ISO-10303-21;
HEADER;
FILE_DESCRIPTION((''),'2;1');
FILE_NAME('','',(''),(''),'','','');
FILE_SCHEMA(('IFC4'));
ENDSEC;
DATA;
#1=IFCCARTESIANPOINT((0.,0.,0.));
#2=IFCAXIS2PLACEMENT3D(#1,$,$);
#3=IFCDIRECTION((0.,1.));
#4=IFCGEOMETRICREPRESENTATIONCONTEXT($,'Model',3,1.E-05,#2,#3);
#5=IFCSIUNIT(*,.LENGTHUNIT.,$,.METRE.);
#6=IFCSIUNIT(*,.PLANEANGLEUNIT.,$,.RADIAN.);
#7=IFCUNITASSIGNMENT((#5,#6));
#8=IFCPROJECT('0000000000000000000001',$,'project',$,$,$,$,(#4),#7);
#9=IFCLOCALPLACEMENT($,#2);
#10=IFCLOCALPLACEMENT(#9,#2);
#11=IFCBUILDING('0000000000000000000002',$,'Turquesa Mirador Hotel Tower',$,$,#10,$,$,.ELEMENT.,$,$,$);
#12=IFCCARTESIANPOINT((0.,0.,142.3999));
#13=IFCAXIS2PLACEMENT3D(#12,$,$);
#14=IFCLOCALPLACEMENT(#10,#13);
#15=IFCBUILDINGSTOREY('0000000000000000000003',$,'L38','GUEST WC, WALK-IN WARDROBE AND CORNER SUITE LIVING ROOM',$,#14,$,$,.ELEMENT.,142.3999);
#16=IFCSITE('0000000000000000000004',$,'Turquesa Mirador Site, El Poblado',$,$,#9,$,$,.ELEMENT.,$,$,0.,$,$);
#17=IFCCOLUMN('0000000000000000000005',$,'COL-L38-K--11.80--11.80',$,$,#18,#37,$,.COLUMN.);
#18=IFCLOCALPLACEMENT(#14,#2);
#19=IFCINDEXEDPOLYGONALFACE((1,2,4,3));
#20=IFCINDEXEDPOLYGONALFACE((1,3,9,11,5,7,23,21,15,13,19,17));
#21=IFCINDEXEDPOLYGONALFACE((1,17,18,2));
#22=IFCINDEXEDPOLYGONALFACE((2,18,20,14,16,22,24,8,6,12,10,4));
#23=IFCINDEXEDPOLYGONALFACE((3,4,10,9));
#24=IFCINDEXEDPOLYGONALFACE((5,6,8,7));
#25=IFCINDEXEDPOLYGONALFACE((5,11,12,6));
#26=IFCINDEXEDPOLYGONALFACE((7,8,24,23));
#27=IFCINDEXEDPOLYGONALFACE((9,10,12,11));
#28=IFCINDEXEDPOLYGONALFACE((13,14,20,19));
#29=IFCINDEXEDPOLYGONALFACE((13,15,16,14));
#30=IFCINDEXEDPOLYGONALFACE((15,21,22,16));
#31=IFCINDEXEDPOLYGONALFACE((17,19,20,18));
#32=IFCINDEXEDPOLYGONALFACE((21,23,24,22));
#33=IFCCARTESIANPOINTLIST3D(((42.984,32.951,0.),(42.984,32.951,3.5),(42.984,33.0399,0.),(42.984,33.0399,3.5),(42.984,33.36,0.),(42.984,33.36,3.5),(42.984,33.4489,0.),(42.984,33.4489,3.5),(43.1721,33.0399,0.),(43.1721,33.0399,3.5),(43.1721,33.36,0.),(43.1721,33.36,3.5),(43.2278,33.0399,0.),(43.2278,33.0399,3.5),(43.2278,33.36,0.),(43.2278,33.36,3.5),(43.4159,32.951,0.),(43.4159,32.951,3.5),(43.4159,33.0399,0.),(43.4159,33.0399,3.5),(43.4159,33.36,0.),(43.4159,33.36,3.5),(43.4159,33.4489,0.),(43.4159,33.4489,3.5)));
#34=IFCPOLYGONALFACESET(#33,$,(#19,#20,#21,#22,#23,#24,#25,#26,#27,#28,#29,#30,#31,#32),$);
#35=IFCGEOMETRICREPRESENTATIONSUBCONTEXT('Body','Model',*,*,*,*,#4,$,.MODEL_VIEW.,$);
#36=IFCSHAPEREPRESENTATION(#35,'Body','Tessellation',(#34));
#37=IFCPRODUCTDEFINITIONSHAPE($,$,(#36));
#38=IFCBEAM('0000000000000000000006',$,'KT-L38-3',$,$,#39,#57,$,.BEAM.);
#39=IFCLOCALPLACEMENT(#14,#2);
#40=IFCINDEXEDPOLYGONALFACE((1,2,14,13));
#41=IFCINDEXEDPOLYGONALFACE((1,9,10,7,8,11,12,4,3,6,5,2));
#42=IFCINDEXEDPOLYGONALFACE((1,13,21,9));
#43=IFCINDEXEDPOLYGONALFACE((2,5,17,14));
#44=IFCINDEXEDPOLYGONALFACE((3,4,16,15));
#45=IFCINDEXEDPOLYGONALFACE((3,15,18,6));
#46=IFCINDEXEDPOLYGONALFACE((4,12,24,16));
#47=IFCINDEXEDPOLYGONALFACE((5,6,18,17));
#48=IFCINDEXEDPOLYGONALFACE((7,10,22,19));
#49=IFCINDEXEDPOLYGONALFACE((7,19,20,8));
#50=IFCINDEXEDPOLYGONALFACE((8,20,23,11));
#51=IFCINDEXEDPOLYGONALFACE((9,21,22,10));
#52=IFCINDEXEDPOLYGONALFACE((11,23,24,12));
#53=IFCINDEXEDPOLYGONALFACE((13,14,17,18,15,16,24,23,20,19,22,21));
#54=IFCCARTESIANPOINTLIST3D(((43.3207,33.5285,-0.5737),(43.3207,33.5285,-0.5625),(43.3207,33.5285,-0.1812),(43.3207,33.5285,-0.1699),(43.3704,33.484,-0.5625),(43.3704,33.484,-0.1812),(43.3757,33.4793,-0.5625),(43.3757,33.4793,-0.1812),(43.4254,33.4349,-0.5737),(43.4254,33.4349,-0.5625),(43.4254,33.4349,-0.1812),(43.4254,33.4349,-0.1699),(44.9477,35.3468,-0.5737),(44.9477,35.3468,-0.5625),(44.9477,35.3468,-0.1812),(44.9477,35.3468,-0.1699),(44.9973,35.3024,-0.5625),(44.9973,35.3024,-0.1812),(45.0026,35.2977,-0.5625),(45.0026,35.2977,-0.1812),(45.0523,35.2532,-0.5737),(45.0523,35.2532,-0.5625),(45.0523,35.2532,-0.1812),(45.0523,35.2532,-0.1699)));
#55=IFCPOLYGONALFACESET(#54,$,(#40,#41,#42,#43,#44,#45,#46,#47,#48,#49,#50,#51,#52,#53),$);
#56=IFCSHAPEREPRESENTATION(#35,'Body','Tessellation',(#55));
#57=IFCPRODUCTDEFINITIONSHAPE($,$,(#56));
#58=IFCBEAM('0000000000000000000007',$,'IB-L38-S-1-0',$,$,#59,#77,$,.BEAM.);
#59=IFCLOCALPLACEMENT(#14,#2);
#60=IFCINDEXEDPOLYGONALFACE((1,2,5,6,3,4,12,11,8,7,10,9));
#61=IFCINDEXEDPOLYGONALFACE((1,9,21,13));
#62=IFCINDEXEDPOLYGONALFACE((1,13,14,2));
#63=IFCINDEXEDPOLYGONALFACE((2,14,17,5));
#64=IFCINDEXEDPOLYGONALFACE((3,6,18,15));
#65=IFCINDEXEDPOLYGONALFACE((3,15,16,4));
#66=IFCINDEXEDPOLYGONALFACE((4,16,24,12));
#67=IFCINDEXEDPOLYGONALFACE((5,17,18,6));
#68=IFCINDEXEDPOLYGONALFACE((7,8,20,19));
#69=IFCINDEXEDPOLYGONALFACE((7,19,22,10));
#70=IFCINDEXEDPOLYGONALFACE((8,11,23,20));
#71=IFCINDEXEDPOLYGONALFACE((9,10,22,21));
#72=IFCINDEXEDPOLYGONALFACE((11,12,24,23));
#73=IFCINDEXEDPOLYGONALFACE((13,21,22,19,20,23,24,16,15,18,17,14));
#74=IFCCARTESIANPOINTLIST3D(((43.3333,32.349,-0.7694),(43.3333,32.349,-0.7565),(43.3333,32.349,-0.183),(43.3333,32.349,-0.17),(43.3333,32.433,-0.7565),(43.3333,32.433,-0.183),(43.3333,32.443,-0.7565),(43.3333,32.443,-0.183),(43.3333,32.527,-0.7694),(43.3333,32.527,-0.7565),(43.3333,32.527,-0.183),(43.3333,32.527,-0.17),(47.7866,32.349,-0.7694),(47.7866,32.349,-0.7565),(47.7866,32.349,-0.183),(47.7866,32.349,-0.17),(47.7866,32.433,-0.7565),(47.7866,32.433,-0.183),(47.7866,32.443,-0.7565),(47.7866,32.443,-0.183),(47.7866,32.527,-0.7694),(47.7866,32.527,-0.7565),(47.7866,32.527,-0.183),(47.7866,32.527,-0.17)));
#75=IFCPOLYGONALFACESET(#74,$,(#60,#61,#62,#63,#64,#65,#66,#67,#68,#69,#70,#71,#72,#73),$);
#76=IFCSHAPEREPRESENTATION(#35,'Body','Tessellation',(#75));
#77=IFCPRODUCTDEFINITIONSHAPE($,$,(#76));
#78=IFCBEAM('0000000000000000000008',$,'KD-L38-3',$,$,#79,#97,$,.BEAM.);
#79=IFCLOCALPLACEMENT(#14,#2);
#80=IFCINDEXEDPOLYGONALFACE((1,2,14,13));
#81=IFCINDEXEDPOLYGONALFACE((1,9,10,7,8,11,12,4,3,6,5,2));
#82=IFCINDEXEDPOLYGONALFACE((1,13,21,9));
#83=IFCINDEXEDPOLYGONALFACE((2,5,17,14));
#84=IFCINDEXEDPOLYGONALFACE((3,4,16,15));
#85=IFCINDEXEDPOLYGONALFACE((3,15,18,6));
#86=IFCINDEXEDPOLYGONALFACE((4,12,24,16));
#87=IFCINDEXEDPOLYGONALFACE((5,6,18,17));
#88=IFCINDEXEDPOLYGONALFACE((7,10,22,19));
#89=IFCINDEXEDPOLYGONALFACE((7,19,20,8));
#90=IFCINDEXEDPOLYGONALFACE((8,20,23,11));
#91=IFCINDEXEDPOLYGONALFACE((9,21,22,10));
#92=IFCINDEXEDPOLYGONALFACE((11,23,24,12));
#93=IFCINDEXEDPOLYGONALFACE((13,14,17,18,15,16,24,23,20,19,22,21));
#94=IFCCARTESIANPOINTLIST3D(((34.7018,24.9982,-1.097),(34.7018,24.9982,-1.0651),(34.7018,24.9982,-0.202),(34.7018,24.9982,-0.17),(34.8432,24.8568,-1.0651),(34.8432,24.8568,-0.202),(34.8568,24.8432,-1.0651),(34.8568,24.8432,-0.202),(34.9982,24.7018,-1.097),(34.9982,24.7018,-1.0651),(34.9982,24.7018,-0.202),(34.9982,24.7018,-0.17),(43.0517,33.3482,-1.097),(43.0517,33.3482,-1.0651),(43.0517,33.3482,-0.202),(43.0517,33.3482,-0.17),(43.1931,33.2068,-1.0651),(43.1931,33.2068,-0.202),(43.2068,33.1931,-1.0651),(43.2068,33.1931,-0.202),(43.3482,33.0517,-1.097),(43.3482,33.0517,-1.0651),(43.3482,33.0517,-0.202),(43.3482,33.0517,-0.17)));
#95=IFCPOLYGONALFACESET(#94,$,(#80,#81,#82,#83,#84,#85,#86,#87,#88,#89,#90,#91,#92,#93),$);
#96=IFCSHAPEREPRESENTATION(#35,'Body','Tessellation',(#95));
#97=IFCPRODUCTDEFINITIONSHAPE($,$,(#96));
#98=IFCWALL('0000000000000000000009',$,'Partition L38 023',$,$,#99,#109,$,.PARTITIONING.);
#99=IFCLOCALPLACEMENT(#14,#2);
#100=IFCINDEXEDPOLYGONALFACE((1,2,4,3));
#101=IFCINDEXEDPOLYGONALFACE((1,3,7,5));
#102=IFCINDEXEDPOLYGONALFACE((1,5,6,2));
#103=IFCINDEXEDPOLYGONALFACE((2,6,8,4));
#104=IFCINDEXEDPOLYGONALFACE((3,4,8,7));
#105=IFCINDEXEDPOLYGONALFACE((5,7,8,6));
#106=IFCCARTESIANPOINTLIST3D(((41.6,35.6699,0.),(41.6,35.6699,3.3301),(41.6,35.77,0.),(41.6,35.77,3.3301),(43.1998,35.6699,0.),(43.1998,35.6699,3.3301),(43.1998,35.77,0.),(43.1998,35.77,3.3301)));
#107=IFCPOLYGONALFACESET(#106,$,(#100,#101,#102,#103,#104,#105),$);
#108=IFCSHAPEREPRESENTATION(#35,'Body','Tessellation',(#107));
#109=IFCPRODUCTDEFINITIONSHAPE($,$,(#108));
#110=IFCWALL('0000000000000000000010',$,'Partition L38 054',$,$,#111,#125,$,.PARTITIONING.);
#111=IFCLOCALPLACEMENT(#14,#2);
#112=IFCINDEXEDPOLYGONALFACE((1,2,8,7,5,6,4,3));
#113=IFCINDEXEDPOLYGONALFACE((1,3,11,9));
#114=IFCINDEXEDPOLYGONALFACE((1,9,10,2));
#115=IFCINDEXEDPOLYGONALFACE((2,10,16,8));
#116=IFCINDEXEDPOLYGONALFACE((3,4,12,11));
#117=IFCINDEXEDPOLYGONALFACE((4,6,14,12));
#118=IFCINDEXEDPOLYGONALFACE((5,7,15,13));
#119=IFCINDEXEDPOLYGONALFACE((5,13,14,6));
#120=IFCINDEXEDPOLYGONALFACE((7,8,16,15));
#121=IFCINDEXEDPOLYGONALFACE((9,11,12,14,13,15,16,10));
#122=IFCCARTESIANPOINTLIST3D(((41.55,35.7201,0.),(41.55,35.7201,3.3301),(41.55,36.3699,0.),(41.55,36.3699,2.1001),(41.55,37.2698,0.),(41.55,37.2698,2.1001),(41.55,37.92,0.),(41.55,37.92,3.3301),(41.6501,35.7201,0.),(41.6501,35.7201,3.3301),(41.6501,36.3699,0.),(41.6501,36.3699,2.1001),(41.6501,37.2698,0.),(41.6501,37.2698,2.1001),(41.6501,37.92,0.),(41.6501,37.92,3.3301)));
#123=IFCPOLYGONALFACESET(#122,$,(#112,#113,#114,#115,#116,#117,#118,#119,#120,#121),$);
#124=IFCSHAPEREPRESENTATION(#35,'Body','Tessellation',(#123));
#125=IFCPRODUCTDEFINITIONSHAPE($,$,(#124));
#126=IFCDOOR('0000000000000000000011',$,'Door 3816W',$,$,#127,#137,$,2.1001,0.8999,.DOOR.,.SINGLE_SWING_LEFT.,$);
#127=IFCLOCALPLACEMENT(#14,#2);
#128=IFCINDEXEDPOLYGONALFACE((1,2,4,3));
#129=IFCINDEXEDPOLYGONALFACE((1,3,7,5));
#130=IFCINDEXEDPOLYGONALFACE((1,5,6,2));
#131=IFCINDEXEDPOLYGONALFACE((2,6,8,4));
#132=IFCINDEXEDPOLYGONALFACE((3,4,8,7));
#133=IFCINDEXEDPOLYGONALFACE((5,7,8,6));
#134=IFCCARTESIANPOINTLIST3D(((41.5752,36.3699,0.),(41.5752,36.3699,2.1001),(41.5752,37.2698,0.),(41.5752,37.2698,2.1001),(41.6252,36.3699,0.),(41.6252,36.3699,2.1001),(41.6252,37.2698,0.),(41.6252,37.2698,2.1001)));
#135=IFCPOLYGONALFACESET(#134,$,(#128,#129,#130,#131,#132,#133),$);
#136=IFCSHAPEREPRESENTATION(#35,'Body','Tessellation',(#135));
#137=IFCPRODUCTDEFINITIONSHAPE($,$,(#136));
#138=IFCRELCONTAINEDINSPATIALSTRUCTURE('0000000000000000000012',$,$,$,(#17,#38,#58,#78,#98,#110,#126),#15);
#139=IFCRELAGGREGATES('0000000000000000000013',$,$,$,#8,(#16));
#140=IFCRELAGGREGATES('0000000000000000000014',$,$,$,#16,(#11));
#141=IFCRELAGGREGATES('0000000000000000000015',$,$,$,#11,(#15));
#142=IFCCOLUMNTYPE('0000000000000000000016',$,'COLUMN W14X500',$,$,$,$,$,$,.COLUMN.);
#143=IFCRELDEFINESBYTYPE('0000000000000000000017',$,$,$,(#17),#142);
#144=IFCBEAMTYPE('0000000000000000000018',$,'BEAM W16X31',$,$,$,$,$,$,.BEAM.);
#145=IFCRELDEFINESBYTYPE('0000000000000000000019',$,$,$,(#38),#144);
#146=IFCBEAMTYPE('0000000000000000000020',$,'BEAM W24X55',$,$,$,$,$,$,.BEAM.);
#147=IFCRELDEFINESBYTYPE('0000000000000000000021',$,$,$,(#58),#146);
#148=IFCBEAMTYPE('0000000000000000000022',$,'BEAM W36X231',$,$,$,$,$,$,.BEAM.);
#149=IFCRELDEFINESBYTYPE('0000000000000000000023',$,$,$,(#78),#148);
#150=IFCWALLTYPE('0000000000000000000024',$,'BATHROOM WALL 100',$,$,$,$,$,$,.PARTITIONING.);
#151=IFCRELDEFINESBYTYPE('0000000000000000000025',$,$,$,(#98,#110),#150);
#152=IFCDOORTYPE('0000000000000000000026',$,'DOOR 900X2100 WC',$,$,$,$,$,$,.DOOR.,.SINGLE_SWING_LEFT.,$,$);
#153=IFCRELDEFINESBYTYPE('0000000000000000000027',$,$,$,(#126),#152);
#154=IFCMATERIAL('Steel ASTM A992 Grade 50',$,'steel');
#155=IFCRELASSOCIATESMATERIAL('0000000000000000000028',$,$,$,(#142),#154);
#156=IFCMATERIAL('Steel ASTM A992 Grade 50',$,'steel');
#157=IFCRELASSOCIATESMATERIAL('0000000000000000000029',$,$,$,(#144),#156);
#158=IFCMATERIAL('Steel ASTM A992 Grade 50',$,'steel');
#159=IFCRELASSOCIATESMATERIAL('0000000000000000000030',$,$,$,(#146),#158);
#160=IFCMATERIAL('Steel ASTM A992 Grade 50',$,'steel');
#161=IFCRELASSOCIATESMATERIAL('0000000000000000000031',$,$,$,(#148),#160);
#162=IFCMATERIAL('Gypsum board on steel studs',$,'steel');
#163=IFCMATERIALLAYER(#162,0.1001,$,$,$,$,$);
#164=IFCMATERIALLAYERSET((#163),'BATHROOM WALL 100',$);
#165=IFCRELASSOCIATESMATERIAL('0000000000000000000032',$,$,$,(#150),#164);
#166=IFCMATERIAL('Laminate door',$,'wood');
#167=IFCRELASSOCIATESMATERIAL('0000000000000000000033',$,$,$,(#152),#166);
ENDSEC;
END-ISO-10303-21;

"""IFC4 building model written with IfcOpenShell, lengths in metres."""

from ifc_helpers import new_model, si_unit, direction, frame, frame_2d, origin, origin_2d, place, context, subcontext, project, spatial, rectangle, i_section, extrude, material, layer, layer_set, material_profile, profile_set, type_object, element, fill, save


model = new_model("IFC4")

# Units and contexts
model_context = context("Model", 3, precision=1e-05, world=origin(), true_north=direction((0.0, 1.0)))
body_context = subcontext(model_context, "Body", "Model", "MODEL_VIEW")
ifc_project = project(units=[si_unit("LENGTHUNIT", "METRE"), si_unit("PLANEANGLEUNIT", "RADIAN")], contexts=[model_context])

# Site, building, storey
site_placement = place(None, origin())
site = spatial("IfcSite", under=ifc_project, at=site_placement, Name="Turquesa Mirador Site, El Poblado", CompositionType="ELEMENT", RefElevation=0.0)
building_placement = place(site_placement, origin())
building = spatial("IfcBuilding", under=site, at=building_placement, Name="Turquesa Mirador Hotel Tower", CompositionType="ELEMENT")
storey_placement = place(building_placement, frame((0.0, 0.0, 142.3999)))
storey = spatial("IfcBuildingStorey", under=building, at=storey_placement, Name="L38", Description="GUEST WC, WALK-IN WARDROBE AND CORNER SUITE LIVING ROOM", CompositionType="ELEMENT", Elevation=142.3999)

# Column
ifc_material_1 = material(Name="Steel ASTM A992 Grade 50", Category="steel")
ifc_material_profile_1 = material_profile(ifc_material_1, i_section(OverallWidth=0.4319, OverallDepth=0.4978, WebThickness=0.0557, FlangeThickness=0.0889, at=origin_2d()), Name="W14X500")
ifc_profile_set_1 = profile_set([ifc_material_profile_1], Name="Steel ASTM A992 Grade 50")
column_type = type_object("IfcColumnType", Name="COLUMN W14X500", PredefinedType="COLUMN", material=ifc_profile_set_1)
column_placement = place(storey_placement, frame((43.2, 33.2, 0.0), z_axis=(0.0, 0.0, 1.0), x_axis=(1.0, 0.0, 0.0)))
element("IfcColumn", 1, at=column_placement, inside=storey, type_object=column_type, Name="COL-L38-K--11.80--11.80", PredefinedType="COLUMN", context=body_context, shape_type="SweptSolid", body=[
    extrude(i_section(OverallWidth=0.4319, OverallDepth=0.4978, WebThickness=0.0557, FlangeThickness=0.0889, at=origin_2d()), origin(), (0.0, 0.0, 1.0), 3.5),
])

# Beams
ifc_material_2 = material(Name="Steel ASTM A992 Grade 50", Category="steel")
ifc_material_profile_2 = material_profile(ifc_material_2, i_section(OverallWidth=0.1404, OverallDepth=0.4038, WebThickness=0.0071, FlangeThickness=0.0112, at=origin_2d()), Name="W16X31")
ifc_profile_set_2 = profile_set([ifc_material_profile_2], Name="Steel ASTM A992 Grade 50")
beam_type_1 = type_object("IfcBeamType", Name="BEAM W16X31", PredefinedType="BEAM", material=ifc_profile_set_2)
beam_1_placement = place(storey_placement, frame((43.373, 33.4817, -0.3718), z_axis=(0.666795, 0.745241, 0.0), x_axis=(-0.745241, 0.666795, 0.0)))
element("IfcBeam", 2, at=beam_1_placement, inside=storey, type_object=beam_type_1, Name="KT-L38-3", PredefinedType="BEAM", context=body_context, shape_type="SweptSolid", body=[
    extrude(i_section(OverallWidth=0.1404, OverallDepth=0.4038, WebThickness=0.0071, FlangeThickness=0.0112, at=origin_2d()), origin(), (0.0, 0.0, 1.0), 2.4399),
])
ifc_material_3 = material(Name="Steel ASTM A992 Grade 50", Category="steel")
ifc_material_profile_3 = material_profile(ifc_material_3, i_section(OverallWidth=0.178, OverallDepth=0.5994, WebThickness=0.01, FlangeThickness=0.0129, at=origin_2d()), Name="W24X55")
ifc_profile_set_3 = profile_set([ifc_material_profile_3], Name="Steel ASTM A992 Grade 50")
beam_type_2 = type_object("IfcBeamType", Name="BEAM W24X55", PredefinedType="BEAM", material=ifc_profile_set_3)
beam_2_placement = place(storey_placement, frame((43.3333, 32.438, -0.4697), z_axis=(1.0, 0.0, 0.0), x_axis=(0.0, 1.0, 0.0)))
element("IfcBeam", 3, at=beam_2_placement, inside=storey, type_object=beam_type_2, Name="IB-L38-S-1-0", PredefinedType="BEAM", context=body_context, shape_type="SweptSolid", body=[
    extrude(i_section(OverallWidth=0.178, OverallDepth=0.5994, WebThickness=0.01, FlangeThickness=0.0129, at=origin_2d()), origin(), (0.0, 0.0, 1.0), 4.4534),
])
ifc_material_4 = material(Name="Steel ASTM A992 Grade 50", Category="steel")
ifc_material_profile_4 = material_profile(ifc_material_4, i_section(OverallWidth=0.4192, OverallDepth=0.927, WebThickness=0.0193, FlangeThickness=0.032, at=origin_2d()), Name="W36X231")
ifc_profile_set_4 = profile_set([ifc_material_profile_4], Name="Steel ASTM A992 Grade 50")
beam_type_3 = type_object("IfcBeamType", Name="BEAM W36X231", PredefinedType="BEAM", material=ifc_profile_set_4)
beam_3_placement = place(storey_placement, frame((43.2, 33.2, -0.6335), z_axis=(-0.707107, -0.707107, 0.0), x_axis=(0.707107, -0.707107, 0.0)))
element("IfcBeam", 4, at=beam_3_placement, inside=storey, type_object=beam_type_3, Name="KD-L38-3", PredefinedType="BEAM", context=body_context, shape_type="SweptSolid", body=[
    extrude(i_section(OverallWidth=0.4192, OverallDepth=0.927, WebThickness=0.0193, FlangeThickness=0.032, at=origin_2d()), origin(), (0.0, 0.0, 1.0), 11.8086),
])

# Wall
ifc_material_5 = material(Name="Gypsum board on steel studs", Category="steel")
ifc_layer_1 = layer(ifc_material_5, 0.1001)
ifc_layer_set_1 = layer_set([ifc_layer_1], Name="BATHROOM WALL 100")
wall_type_1 = type_object("IfcWallType", Name="BATHROOM WALL 100", PredefinedType="PARTITIONING", material=ifc_layer_set_1)
wall_1_placement = place(storey_placement, frame((41.6001, 35.72, 0.0), z_axis=(0.0, 0.0, 1.0), x_axis=(1.0, 0.0, 0.0)))
element("IfcWall", 5, at=wall_1_placement, inside=storey, type_object=wall_type_1, Name="Partition L38 023", PredefinedType="PARTITIONING", context=body_context, shape_type="SweptSolid", body=[
    extrude(rectangle(XDim=1.5999, YDim=0.1001, at=frame_2d((0.7998, 0.0))), origin(), (0.0, 0.0, 1.0), 3.3301),
])

# Wall, opening, door
wall_2_placement = place(storey_placement, frame((41.6001, 35.72, 0.0), z_axis=(0.0, 0.0, 1.0), x_axis=(0.0, 1.0, 0.0)))
wall_2 = element("IfcWall", 6, at=wall_2_placement, inside=storey, type_object=wall_type_1, Name="Partition L38 054", PredefinedType="PARTITIONING", context=body_context, shape_type="SweptSolid", body=[
    extrude(rectangle(XDim=2.2, YDim=0.1001, at=frame_2d((1.1001, 0.0))), origin(), (0.0, 0.0, 1.0), 3.3301),
])
opening_1_placement = place(wall_2_placement, frame((0.6499, 0.0, 0.0)))
opening_1 = element("IfcOpeningElement", 7, at=opening_1_placement, cuts=wall_2, PredefinedType="OPENING", context=body_context, shape_type="SweptSolid", body=[
    extrude(rectangle(XDim=0.8999, YDim=2.1001, at=frame_2d((0.45, 1.05))), frame((0.0, 0.0601, 0.0), z_axis=(0.0, -1.0, 0.0), x_axis=(1.0, 0.0, 0.0)), (0.0, 0.0, 1.0), 0.1201),
])
ifc_material_6 = material(Name="Laminate door", Category="wood")
door_type_1 = type_object("IfcDoorType", Name="DOOR 900X2100 WC", OperationType="SINGLE_SWING_LEFT", PredefinedType="DOOR", material=ifc_material_6)
door_1_placement = place(opening_1_placement, origin())
door_1 = element("IfcDoor", 8, at=door_1_placement, inside=storey, type_object=door_type_1, Name="Door 3816W", OperationType="SINGLE_SWING_LEFT", OverallHeight=2.1001, OverallWidth=0.8999, PredefinedType="DOOR", context=body_context, shape_type="SweptSolid", body=[
    extrude(rectangle(XDim=0.8999, YDim=2.1001, at=frame_2d((0.45, 1.05))), frame((0.0, 0.0249, 0.0), z_axis=(0.0, -1.0, 0.0), x_axis=(1.0, 0.0, 0.0)), (0.0, 0.0, 1.0), 0.05),
])
fill(opening_1, door_1)

save(model, "model.ifc")
